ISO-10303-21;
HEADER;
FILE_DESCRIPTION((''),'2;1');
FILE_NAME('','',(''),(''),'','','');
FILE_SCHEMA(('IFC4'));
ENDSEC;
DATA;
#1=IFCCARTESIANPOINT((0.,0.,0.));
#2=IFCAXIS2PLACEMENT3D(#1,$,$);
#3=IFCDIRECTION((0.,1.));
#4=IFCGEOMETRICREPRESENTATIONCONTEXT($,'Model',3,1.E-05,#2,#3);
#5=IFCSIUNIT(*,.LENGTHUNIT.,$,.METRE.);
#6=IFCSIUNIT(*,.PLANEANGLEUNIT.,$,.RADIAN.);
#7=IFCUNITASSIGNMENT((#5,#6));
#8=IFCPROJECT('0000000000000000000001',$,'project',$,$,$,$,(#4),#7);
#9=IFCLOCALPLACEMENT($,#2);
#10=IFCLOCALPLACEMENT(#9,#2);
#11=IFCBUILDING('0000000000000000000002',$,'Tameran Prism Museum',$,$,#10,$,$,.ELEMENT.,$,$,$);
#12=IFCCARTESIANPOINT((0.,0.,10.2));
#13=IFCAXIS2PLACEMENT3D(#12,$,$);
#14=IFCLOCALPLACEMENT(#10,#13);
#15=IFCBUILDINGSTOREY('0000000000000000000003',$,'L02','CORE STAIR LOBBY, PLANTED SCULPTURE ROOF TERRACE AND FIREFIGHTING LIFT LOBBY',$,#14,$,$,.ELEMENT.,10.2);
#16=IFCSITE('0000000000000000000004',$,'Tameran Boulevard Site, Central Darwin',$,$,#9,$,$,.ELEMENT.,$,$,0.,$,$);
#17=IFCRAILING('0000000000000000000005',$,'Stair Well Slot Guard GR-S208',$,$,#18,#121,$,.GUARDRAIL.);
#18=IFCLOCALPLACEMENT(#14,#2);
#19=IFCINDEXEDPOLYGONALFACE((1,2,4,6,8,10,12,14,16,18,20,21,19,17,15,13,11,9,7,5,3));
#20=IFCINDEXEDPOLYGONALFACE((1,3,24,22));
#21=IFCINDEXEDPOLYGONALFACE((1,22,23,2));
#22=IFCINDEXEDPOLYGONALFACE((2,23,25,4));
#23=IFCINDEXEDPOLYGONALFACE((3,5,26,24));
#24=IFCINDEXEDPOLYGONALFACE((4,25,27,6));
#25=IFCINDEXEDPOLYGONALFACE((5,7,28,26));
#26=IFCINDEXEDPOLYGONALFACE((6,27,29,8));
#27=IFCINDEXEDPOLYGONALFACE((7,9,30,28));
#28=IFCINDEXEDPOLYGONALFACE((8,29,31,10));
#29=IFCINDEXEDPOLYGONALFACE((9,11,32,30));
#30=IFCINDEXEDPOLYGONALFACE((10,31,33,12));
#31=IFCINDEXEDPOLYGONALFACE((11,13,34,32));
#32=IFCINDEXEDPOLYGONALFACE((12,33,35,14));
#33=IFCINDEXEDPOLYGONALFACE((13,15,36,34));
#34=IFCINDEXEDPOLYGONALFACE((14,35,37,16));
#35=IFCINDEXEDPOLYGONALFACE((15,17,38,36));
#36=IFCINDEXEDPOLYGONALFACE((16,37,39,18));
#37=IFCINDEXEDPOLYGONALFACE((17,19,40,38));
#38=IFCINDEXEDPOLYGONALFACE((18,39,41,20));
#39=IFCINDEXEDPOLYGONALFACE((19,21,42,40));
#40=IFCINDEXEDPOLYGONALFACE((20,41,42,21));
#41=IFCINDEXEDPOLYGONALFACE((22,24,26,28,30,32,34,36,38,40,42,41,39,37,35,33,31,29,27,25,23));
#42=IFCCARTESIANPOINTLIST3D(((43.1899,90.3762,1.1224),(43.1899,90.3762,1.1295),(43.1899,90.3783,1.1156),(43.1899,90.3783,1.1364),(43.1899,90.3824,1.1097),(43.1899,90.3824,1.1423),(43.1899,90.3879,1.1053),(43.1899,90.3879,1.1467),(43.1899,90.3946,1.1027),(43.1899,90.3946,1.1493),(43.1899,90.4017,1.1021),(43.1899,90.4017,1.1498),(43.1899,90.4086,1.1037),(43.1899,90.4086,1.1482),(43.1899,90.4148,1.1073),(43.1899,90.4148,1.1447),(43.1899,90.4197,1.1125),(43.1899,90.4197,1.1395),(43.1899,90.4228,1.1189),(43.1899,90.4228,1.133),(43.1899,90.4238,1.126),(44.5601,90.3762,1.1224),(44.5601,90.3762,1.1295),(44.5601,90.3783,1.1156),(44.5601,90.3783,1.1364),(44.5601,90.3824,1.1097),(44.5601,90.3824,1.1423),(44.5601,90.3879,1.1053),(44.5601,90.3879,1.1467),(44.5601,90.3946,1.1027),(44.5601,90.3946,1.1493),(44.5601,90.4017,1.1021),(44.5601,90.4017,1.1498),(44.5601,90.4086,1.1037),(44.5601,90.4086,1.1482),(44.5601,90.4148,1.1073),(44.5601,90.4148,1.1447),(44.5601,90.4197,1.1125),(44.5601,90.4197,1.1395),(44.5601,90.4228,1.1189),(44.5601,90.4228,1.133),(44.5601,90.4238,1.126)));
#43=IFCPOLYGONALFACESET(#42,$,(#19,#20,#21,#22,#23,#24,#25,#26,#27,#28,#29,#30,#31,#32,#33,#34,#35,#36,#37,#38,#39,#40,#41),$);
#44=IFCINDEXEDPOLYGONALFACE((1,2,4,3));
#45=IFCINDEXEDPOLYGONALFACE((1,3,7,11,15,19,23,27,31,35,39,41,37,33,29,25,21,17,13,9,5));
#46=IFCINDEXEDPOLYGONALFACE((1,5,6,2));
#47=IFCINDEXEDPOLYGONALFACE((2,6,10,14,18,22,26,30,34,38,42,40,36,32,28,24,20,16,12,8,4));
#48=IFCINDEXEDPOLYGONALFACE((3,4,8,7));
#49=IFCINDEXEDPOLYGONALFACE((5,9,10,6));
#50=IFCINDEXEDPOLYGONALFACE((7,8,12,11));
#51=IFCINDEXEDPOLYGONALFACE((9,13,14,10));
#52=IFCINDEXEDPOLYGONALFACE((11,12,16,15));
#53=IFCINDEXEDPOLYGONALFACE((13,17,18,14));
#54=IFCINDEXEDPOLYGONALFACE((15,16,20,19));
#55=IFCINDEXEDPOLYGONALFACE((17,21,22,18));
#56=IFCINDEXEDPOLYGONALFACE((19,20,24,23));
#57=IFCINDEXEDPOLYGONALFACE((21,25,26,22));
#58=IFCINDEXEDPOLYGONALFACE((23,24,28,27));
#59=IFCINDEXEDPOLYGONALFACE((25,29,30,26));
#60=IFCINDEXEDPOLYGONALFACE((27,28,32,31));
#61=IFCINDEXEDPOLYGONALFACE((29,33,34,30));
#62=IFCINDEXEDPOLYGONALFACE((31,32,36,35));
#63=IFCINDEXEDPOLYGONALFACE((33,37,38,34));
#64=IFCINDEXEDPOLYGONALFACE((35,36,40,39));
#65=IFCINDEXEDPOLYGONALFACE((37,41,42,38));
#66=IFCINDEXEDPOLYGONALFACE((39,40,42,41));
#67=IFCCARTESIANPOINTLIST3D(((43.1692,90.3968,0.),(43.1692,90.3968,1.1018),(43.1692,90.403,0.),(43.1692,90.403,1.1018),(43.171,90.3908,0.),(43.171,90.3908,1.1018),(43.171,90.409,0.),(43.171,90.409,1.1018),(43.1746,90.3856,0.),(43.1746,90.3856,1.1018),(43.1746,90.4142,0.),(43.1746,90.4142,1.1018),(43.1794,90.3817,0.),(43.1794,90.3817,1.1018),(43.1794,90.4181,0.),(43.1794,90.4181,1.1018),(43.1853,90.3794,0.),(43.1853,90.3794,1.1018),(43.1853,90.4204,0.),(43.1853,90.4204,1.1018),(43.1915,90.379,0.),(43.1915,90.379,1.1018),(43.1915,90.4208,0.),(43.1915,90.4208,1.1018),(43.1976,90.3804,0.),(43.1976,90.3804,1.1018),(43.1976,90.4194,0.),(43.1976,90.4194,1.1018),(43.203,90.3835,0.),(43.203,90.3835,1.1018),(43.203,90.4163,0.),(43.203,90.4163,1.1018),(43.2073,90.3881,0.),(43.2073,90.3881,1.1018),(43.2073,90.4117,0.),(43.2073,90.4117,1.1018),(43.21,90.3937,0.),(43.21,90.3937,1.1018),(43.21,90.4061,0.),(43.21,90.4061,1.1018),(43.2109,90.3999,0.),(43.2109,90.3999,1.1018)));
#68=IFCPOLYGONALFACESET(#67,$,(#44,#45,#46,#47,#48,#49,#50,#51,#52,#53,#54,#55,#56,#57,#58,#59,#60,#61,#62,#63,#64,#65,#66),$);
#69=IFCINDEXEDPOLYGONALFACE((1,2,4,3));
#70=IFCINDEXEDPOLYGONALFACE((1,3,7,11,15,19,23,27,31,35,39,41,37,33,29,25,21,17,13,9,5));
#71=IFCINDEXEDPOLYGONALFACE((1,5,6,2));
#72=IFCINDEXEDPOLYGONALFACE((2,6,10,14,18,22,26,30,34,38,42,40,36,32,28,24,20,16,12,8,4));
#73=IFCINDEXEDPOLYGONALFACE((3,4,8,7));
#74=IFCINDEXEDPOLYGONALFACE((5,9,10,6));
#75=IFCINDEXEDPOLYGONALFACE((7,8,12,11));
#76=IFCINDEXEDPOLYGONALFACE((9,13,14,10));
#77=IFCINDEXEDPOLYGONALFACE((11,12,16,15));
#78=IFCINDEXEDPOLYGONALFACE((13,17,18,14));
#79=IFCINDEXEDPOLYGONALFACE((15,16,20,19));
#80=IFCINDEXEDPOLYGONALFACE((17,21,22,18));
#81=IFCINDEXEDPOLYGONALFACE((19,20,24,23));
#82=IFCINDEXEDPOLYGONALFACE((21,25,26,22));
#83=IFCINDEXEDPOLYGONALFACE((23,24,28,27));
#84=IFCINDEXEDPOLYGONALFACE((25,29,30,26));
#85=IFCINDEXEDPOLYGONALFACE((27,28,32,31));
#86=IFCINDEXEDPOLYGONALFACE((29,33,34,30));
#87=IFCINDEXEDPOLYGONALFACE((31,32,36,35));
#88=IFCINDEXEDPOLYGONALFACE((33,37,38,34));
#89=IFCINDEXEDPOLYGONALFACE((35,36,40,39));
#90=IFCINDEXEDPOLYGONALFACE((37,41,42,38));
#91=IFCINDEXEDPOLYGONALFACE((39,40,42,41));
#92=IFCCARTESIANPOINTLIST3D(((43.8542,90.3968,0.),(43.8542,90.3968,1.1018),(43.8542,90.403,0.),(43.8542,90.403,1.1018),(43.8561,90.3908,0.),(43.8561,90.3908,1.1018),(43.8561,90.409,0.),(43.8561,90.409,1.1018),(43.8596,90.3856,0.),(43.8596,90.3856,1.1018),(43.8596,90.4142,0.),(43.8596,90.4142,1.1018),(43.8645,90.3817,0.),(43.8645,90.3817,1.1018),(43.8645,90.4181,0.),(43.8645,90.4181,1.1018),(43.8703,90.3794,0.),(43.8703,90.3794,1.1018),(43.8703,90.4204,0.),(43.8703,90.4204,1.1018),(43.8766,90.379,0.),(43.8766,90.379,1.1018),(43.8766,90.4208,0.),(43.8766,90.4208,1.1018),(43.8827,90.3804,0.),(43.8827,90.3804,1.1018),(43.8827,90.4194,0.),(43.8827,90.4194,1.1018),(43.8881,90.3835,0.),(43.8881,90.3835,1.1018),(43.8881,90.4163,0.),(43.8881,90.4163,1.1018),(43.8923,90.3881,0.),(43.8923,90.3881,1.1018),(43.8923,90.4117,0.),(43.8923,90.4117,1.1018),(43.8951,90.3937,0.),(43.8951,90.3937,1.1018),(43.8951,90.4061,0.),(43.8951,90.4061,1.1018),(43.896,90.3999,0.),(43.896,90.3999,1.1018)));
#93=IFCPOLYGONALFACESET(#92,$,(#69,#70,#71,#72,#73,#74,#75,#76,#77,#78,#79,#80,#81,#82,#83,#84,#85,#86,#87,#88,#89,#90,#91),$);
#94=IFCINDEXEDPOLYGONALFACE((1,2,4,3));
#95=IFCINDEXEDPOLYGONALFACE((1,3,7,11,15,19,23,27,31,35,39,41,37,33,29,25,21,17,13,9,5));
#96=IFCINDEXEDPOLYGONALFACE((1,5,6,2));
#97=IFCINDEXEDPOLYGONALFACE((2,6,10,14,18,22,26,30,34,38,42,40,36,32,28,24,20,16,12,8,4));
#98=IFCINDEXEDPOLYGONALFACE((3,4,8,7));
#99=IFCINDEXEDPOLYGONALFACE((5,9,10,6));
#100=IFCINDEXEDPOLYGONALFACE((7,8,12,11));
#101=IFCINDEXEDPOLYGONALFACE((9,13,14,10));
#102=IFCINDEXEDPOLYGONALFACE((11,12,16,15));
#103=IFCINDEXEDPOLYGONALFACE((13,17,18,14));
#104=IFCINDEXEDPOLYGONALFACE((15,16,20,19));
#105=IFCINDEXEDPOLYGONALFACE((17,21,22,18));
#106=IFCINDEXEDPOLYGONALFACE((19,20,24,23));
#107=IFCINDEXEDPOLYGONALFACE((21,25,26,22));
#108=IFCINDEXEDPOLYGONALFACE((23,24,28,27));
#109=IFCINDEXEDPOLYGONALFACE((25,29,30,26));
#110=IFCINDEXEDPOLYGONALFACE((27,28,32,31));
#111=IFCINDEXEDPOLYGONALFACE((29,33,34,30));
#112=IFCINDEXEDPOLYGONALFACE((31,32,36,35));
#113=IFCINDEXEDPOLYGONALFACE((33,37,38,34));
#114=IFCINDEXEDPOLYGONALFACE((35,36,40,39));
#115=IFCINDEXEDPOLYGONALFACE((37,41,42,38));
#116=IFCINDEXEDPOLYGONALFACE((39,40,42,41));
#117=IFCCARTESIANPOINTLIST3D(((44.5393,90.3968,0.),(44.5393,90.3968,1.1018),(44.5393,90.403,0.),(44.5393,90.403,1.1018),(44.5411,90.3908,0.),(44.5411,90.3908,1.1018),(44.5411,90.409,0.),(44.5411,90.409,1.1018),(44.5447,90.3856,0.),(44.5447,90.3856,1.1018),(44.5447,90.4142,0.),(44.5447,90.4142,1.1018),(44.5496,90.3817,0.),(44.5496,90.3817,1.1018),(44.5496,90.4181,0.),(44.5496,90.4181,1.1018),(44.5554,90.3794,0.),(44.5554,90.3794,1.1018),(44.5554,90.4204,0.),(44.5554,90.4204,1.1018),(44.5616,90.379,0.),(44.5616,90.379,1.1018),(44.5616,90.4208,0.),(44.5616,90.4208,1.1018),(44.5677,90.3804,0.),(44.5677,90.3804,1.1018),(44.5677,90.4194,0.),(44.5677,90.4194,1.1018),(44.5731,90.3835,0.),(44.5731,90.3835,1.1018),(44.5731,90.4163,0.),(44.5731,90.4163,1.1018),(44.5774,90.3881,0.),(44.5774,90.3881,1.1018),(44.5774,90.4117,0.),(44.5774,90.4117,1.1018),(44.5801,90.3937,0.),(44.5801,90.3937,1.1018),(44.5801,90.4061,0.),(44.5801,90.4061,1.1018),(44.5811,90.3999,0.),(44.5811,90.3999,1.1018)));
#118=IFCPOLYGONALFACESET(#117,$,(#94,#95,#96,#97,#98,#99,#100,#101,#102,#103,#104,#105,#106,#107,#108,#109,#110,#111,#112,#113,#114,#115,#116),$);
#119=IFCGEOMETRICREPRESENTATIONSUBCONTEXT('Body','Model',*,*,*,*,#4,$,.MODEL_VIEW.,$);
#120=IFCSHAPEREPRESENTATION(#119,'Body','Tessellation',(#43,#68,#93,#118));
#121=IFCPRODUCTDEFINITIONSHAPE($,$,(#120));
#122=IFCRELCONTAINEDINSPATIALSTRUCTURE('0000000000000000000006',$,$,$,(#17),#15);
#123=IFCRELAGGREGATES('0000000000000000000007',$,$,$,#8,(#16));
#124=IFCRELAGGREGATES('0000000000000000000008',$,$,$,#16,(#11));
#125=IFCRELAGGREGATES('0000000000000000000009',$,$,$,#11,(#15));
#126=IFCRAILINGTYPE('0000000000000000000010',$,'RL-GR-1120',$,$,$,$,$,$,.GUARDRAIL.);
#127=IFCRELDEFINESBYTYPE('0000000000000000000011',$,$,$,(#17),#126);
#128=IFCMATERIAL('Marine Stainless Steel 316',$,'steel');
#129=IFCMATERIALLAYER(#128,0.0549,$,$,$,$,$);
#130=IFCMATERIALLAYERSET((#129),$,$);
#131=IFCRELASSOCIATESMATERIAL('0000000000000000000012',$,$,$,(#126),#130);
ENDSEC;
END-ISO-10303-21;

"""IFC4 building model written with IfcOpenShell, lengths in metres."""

from ifc_helpers import new_model, si_unit, direction, frame, origin, origin_2d, place, context, subcontext, project, spatial, circle, extrude, material, layer, layer_set, type_object, element, save


model = new_model("IFC4")

# Units and contexts
model_context = context("Model", 3, precision=1e-05, world=origin(), true_north=direction((0.0, 1.0)))
body_context = subcontext(model_context, "Body", "Model", "MODEL_VIEW")
ifc_project = project(units=[si_unit("LENGTHUNIT", "METRE"), si_unit("PLANEANGLEUNIT", "RADIAN")], contexts=[model_context])

# Site, building, storey
site_placement = place(None, origin())
site = spatial("IfcSite", under=ifc_project, at=site_placement, Name="Tameran Boulevard Site, Central Darwin", CompositionType="ELEMENT", RefElevation=0.0)
building_placement = place(site_placement, origin())
building = spatial("IfcBuilding", under=site, at=building_placement, Name="Tameran Prism Museum", CompositionType="ELEMENT")
storey_placement = place(building_placement, frame((0.0, 0.0, 10.2)))
storey = spatial("IfcBuildingStorey", under=building, at=storey_placement, Name="L02", Description="CORE STAIR LOBBY, PLANTED SCULPTURE ROOF TERRACE AND FIREFIGHTING LIFT LOBBY", CompositionType="ELEMENT", Elevation=10.2)

# Railing
ifc_material_1 = material(Name="Marine Stainless Steel 316", Category="steel")
ifc_layer_1 = layer(ifc_material_1, 0.0549)
ifc_layer_set_1 = layer_set([ifc_layer_1])
railing_type_1 = type_object("IfcRailingType", Name="RL-GR-1120", PredefinedType="GUARDRAIL", material=ifc_layer_set_1)
railing_1_placement = place(storey_placement, frame((43.1899, 90.3999, 0.0)))
element("IfcRailing", 1, at=railing_1_placement, inside=storey, type_object=railing_type_1, Name="Stair Well Slot Guard GR-S208", PredefinedType="GUARDRAIL", context=body_context, shape_type="SweptSolid", body=[
    extrude(circle(Radius=0.0239, at=origin_2d()), frame((0.0, 0.0, 1.126), z_axis=(1.0, 0.0, 0.0), x_axis=(0.0, 1.0, 0.0)), (0.0, 0.0, 1.0), 1.3701),
    extrude(circle(Radius=0.021, at=origin_2d()), origin(), (0.0, 0.0, 1.0), 1.1018),
    extrude(circle(Radius=0.021, at=origin_2d()), frame((0.6851, 0.0, 0.0)), (0.0, 0.0, 1.0), 1.1018),
    extrude(circle(Radius=0.021, at=origin_2d()), frame((1.3701, 0.0, 0.0)), (0.0, 0.0, 1.0), 1.1018),
])

save(model, "model.ifc")
